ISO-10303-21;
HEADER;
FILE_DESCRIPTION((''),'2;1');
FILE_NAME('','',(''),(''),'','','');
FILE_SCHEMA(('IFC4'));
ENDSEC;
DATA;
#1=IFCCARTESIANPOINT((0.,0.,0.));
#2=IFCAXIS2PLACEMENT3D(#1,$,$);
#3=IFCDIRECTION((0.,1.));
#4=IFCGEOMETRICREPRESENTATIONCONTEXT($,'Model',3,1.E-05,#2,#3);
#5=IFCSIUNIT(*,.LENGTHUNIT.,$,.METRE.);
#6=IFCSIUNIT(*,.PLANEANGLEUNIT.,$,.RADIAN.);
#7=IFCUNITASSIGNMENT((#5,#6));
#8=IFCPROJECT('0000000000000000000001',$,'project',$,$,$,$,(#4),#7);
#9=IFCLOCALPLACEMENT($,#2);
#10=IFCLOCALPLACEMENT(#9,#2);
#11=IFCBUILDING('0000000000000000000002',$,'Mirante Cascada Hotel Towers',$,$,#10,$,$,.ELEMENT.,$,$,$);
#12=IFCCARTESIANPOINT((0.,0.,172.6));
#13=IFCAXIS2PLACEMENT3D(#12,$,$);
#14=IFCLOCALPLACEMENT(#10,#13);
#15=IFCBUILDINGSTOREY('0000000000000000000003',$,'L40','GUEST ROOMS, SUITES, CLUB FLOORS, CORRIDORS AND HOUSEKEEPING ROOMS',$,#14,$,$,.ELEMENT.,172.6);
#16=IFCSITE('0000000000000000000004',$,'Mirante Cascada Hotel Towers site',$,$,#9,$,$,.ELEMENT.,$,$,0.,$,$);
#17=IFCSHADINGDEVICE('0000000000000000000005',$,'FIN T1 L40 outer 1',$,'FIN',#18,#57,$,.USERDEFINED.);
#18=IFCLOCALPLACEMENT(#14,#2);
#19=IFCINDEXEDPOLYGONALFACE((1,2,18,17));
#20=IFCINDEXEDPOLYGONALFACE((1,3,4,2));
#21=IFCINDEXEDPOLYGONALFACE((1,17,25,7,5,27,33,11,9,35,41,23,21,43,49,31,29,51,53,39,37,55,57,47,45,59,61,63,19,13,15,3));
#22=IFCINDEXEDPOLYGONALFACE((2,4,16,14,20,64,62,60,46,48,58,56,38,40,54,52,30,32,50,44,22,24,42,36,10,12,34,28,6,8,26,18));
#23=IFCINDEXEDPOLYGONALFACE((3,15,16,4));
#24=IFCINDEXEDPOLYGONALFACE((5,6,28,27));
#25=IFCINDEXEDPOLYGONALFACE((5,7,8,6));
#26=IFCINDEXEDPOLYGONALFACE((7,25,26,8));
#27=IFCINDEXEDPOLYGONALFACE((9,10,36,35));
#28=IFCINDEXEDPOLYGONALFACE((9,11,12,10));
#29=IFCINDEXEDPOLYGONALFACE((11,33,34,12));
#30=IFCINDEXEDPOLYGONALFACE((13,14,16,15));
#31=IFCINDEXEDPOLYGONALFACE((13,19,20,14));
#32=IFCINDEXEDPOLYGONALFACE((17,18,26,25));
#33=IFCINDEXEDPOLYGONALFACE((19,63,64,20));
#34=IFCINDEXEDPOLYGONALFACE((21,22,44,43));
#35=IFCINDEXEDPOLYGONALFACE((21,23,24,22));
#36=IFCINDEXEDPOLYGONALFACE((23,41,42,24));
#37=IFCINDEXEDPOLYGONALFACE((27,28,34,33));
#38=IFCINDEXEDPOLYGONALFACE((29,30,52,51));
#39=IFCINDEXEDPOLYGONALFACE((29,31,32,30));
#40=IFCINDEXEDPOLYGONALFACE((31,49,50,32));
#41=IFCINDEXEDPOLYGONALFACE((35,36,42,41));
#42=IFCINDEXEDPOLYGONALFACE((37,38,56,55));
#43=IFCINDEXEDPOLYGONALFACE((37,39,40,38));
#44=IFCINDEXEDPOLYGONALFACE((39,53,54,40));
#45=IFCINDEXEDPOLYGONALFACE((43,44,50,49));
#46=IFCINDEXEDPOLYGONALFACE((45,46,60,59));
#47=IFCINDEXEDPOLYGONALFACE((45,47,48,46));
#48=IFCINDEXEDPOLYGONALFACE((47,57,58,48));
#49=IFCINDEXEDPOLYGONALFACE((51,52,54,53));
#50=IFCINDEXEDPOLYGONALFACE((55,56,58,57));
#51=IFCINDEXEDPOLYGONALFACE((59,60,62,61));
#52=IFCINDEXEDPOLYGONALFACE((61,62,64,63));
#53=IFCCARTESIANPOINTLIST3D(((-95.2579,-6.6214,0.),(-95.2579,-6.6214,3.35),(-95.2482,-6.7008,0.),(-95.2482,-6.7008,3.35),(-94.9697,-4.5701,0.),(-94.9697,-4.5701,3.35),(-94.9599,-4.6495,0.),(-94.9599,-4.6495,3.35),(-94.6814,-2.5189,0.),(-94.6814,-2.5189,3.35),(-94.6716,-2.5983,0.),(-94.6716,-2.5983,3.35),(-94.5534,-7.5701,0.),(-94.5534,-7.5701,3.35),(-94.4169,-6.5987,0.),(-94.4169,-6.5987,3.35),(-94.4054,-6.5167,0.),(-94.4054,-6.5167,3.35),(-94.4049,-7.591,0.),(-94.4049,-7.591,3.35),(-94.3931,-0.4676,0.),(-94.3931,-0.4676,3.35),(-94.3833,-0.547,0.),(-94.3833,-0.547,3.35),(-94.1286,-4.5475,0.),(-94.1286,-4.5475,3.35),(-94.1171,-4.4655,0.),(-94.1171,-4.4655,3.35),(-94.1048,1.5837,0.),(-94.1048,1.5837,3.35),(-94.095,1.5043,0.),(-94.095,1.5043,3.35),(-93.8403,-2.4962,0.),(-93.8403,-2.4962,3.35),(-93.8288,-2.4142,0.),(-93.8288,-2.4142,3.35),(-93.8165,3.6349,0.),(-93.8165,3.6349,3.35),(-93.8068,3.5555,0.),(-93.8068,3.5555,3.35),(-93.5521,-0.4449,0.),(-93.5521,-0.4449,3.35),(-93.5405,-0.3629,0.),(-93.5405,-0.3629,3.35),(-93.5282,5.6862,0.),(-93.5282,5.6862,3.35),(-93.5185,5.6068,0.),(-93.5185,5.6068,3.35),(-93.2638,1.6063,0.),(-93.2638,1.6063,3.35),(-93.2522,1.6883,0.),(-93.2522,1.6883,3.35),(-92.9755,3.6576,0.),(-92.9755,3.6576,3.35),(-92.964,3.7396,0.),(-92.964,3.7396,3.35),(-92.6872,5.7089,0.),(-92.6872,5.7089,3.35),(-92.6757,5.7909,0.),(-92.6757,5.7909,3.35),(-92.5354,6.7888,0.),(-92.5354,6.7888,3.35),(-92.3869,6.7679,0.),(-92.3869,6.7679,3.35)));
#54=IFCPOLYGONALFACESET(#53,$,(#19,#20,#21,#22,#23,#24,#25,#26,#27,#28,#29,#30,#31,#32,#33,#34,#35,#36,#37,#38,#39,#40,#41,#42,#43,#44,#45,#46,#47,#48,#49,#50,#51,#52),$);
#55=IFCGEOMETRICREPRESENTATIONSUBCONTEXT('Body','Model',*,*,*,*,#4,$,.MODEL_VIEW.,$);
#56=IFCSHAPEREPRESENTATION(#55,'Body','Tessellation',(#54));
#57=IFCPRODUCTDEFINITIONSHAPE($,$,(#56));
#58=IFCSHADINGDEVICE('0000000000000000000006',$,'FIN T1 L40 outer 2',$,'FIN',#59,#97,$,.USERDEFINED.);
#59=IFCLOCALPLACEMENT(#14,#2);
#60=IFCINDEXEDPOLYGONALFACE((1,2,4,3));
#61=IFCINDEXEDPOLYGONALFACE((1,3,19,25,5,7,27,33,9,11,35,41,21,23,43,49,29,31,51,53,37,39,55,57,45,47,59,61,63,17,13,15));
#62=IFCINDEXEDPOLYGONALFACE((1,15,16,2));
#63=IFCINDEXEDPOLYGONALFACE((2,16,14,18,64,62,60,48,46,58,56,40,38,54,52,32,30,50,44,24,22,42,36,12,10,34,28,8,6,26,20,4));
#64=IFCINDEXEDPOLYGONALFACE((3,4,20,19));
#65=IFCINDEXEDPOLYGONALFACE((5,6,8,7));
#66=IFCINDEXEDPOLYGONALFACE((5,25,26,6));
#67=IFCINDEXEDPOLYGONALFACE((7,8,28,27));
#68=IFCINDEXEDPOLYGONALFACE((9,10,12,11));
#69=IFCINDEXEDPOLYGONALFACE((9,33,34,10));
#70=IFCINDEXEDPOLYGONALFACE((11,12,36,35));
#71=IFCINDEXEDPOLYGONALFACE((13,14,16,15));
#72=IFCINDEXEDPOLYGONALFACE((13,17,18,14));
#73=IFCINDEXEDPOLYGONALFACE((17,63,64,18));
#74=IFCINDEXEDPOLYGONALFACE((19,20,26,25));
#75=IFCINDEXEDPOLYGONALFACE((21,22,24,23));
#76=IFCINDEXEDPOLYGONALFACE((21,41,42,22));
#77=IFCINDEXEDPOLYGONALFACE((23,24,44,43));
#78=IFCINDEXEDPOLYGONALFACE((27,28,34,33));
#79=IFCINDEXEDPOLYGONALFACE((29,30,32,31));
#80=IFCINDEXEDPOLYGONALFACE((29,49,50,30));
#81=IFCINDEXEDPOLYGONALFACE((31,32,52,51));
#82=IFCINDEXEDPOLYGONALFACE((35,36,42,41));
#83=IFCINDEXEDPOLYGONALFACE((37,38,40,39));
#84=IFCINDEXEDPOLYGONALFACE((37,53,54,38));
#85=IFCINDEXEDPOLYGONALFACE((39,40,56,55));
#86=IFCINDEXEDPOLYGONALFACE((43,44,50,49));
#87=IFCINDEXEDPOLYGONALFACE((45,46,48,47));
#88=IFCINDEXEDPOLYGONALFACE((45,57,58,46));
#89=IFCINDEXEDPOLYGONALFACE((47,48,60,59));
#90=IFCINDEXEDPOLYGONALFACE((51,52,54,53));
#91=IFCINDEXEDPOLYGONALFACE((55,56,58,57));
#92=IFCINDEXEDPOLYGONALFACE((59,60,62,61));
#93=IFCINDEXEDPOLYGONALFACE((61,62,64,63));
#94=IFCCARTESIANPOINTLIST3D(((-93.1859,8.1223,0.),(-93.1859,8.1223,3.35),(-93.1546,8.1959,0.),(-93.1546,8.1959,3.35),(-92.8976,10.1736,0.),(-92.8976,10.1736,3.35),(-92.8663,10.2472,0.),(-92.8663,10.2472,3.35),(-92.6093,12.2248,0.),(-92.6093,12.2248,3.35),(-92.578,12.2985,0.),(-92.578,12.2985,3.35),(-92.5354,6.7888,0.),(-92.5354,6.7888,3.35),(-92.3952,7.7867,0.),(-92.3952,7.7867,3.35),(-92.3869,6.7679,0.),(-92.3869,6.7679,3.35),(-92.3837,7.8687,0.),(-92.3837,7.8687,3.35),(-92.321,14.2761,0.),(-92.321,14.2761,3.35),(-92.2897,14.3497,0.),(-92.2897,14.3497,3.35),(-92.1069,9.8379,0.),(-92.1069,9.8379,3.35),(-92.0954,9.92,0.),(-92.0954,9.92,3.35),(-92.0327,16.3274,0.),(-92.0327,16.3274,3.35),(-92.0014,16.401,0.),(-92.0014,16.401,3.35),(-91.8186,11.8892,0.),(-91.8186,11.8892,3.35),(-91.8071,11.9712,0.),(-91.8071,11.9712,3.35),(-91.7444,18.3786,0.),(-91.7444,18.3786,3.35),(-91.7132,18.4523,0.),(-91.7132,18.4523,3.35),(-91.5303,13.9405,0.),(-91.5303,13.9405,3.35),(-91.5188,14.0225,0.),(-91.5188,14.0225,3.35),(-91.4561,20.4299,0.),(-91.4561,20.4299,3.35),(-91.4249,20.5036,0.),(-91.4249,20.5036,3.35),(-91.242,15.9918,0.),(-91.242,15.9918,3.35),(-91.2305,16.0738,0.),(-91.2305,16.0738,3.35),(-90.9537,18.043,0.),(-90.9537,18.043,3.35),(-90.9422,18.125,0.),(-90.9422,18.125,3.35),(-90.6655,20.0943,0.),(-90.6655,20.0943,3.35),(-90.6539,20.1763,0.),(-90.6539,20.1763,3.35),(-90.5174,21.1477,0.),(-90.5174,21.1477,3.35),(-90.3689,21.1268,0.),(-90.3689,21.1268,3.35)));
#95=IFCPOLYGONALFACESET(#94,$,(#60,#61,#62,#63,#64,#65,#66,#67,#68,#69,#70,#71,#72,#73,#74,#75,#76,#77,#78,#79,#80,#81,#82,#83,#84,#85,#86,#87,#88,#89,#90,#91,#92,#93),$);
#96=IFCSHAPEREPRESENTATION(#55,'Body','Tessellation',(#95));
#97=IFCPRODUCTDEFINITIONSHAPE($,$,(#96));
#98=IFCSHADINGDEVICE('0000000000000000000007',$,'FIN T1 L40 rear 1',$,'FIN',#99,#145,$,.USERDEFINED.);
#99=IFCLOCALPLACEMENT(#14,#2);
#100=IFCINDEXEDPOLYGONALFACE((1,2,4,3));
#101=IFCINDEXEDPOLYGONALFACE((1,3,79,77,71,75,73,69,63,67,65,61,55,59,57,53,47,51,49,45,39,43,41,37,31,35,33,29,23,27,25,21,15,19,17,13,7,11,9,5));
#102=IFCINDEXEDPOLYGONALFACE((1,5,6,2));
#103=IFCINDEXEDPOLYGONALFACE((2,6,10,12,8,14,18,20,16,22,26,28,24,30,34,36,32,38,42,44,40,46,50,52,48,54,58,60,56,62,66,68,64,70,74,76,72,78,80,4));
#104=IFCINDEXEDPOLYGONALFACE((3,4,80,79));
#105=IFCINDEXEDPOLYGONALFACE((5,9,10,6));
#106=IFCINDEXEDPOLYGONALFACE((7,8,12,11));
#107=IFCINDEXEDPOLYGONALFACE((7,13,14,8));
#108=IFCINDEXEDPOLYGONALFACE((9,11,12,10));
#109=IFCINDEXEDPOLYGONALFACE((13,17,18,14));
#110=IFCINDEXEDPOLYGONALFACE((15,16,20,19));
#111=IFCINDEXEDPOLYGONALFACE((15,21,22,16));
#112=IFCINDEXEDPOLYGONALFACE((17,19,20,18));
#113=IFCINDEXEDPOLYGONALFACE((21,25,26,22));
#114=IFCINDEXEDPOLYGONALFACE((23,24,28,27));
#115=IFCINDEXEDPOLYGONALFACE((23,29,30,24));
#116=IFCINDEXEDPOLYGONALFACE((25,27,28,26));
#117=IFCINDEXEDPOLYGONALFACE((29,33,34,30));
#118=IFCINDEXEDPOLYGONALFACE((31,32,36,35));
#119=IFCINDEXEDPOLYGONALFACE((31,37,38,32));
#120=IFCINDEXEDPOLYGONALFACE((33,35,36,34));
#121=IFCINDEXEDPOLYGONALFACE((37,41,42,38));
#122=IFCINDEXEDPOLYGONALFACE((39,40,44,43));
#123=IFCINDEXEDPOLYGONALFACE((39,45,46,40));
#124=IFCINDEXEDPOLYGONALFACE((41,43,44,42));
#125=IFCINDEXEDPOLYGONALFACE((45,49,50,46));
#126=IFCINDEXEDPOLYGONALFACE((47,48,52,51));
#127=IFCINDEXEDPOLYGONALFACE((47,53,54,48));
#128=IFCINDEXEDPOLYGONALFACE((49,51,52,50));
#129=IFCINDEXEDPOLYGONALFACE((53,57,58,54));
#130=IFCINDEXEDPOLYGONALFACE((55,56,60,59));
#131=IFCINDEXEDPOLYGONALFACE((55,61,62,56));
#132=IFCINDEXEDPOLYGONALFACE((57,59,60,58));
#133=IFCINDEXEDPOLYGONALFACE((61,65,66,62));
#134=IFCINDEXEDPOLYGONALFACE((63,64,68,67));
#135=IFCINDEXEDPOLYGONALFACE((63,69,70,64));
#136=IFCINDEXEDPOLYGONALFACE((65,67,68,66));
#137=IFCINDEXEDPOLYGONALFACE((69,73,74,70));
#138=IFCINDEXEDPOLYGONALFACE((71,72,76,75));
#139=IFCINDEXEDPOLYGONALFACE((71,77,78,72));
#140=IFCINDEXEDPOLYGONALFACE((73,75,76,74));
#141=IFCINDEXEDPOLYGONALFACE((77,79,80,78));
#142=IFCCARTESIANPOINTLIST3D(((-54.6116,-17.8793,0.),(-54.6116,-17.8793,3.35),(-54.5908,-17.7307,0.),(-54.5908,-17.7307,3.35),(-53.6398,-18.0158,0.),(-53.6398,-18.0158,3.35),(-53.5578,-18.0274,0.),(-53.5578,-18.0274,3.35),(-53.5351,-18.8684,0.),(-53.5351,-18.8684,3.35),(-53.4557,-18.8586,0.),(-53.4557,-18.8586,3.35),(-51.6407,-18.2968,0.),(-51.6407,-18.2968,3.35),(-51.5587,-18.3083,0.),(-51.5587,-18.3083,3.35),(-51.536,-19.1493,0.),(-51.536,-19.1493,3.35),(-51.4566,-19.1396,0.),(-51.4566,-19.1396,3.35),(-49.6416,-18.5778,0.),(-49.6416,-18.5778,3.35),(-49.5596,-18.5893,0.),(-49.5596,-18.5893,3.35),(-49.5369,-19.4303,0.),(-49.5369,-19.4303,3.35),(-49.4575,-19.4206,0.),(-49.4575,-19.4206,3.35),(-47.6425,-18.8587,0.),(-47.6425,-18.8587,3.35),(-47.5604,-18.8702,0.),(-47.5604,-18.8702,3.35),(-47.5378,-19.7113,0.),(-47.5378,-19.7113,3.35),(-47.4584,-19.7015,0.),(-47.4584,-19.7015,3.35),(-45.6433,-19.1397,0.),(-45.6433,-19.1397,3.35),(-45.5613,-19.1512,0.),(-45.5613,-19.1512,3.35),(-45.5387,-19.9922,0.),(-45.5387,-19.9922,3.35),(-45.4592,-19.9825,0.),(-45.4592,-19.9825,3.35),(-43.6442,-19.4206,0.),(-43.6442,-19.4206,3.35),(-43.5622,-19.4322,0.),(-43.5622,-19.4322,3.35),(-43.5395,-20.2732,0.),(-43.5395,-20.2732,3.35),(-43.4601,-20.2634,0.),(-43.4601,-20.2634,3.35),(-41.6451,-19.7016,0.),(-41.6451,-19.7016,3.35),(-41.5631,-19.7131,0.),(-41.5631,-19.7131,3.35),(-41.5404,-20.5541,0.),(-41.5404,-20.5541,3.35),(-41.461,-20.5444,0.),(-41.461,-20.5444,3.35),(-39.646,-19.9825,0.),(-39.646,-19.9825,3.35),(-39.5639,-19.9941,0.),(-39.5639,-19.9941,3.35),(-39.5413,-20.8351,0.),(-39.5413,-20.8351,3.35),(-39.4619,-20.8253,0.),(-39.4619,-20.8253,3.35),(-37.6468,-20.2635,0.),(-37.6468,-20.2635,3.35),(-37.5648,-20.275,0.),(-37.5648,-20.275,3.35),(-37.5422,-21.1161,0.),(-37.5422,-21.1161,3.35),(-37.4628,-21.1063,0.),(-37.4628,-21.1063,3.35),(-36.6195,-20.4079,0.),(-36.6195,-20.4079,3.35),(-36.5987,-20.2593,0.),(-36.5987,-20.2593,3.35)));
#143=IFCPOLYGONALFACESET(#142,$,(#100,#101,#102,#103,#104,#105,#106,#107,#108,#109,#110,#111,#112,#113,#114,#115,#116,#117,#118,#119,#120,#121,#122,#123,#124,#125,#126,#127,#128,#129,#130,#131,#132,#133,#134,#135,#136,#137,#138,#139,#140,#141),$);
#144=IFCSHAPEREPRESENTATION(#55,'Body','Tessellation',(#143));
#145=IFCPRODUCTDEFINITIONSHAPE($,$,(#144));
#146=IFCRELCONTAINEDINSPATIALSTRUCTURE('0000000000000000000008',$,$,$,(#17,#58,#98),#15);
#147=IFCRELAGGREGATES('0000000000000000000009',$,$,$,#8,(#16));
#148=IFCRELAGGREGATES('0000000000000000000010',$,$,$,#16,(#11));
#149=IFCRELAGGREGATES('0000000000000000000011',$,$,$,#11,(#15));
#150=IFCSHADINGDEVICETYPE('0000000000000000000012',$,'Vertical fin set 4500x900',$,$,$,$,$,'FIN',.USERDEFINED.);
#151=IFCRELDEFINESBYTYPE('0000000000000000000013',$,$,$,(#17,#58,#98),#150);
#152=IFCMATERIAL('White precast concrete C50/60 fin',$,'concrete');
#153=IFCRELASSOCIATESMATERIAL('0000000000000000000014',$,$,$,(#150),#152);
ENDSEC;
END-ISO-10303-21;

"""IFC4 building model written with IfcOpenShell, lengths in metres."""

from ifc_helpers import new_model, si_unit, direction, frame, origin, place, context, subcontext, project, spatial, polyline, outline, extrude, material, type_object, element, save


model = new_model("IFC4")

# Units and contexts
model_context = context("Model", 3, precision=1e-05, world=origin(), true_north=direction((0.0, 1.0)))
body_context = subcontext(model_context, "Body", "Model", "MODEL_VIEW")
ifc_project = project(units=[si_unit("LENGTHUNIT", "METRE"), si_unit("PLANEANGLEUNIT", "RADIAN")], contexts=[model_context])

# Site, building, storey
site_placement = place(None, origin())
site = spatial("IfcSite", under=ifc_project, at=site_placement, Name="Mirante Cascada Hotel Towers site", CompositionType="ELEMENT", RefElevation=0.0)
building_placement = place(site_placement, origin())
building = spatial("IfcBuilding", under=site, at=building_placement, Name="Mirante Cascada Hotel Towers", CompositionType="ELEMENT")
storey_placement = place(building_placement, frame((0.0, 0.0, 172.6)))
storey = spatial("IfcBuildingStorey", under=building, at=storey_placement, Name="L40", Description="GUEST ROOMS, SUITES, CLUB FLOORS, CORRIDORS AND HOUSEKEEPING ROOMS", CompositionType="ELEMENT", Elevation=172.6)

# Shading devices
ifc_material_1 = material(Name="White precast concrete C50/60 fin", Category="concrete")
shading_device_type = type_object("IfcShadingDeviceType", Name="Vertical fin set 4500x900", ElementType="FIN", PredefinedType="USERDEFINED", material=ifc_material_1)
shading_device_1_placement = place(storey_placement, origin())
element("IfcShadingDevice", 1, at=shading_device_1_placement, inside=storey, type_object=shading_device_type, Name="FIN T1 L40 outer 1", ObjectType="FIN", PredefinedType="USERDEFINED", context=body_context, shape_type="SweptSolid", body=[
    extrude(outline(polyline([(-94.4054, -6.5167), (-94.1286, -4.5475), (-94.9599, -4.6495), (-94.9697, -4.5701), (-94.1171, -4.4655), (-93.8403, -2.4962), (-94.6716, -2.5983), (-94.6814, -2.5189), (-93.8288, -2.4142), (-93.5521, -0.4449), (-94.3833, -0.547), (-94.3931, -0.4676), (-93.5405, -0.3629), (-93.2638, 1.6063), (-94.095, 1.5043), (-94.1048, 1.5837), (-93.2522, 1.6883), (-92.9755, 3.6576), (-93.8068, 3.5555), (-93.8165, 3.6349), (-92.964, 3.7396), (-92.6872, 5.7089), (-93.5185, 5.6068), (-93.5282, 5.6862), (-92.6757, 5.7909), (-92.5354, 6.7888), (-92.3869, 6.7679), (-94.4049, -7.591), (-94.5534, -7.5701), (-94.4169, -6.5987), (-95.2482, -6.7008), (-95.2579, -6.6214), (-94.4054, -6.5167)])), origin(), (0.0, 0.0, 1.0), 3.35),
])
shading_device_2_placement = place(storey_placement, origin())
element("IfcShadingDevice", 2, at=shading_device_2_placement, inside=storey, type_object=shading_device_type, Name="FIN T1 L40 outer 2", ObjectType="FIN", PredefinedType="USERDEFINED", context=body_context, shape_type="SweptSolid", body=[
    extrude(outline(polyline([(-92.3837, 7.8687), (-92.1069, 9.8379), (-92.8976, 10.1736), (-92.8663, 10.2472), (-92.0954, 9.92), (-91.8186, 11.8892), (-92.6093, 12.2248), (-92.578, 12.2985), (-91.8071, 11.9712), (-91.5303, 13.9405), (-92.321, 14.2761), (-92.2897, 14.3497), (-91.5188, 14.0225), (-91.242, 15.9918), (-92.0327, 16.3274), (-92.0014, 16.401), (-91.2305, 16.0738), (-90.9537, 18.043), (-91.7444, 18.3786), (-91.7132, 18.4523), (-90.9422, 18.125), (-90.6655, 20.0943), (-91.4561, 20.4299), (-91.4249, 20.5036), (-90.6539, 20.1763), (-90.5174, 21.1477), (-90.3689, 21.1268), (-92.3869, 6.7679), (-92.5354, 6.7888), (-92.3952, 7.7867), (-93.1859, 8.1223), (-93.1546, 8.1959), (-92.3837, 7.8687)])), origin(), (0.0, 0.0, 1.0), 3.35),
])
shading_device_3_placement = place(storey_placement, origin())
element("IfcShadingDevice", 3, at=shading_device_3_placement, inside=storey, type_object=shading_device_type, Name="FIN T1 L40 rear 1", ObjectType="FIN", PredefinedType="USERDEFINED", context=body_context, shape_type="SweptSolid", body=[
    extrude(outline(polyline([(-37.6468, -20.2635), (-39.5639, -19.9941), (-39.4619, -20.8253), (-39.5413, -20.8351), (-39.646, -19.9825), (-41.5631, -19.7131), (-41.461, -20.5444), (-41.5404, -20.5541), (-41.6451, -19.7016), (-43.5622, -19.4322), (-43.4601, -20.2634), (-43.5395, -20.2732), (-43.6442, -19.4206), (-45.5613, -19.1512), (-45.4592, -19.9825), (-45.5387, -19.9922), (-45.6433, -19.1397), (-47.5604, -18.8702), (-47.4584, -19.7015), (-47.5378, -19.7113), (-47.6425, -18.8587), (-49.5596, -18.5893), (-49.4575, -19.4206), (-49.5369, -19.4303), (-49.6416, -18.5778), (-51.5587, -18.3083), (-51.4566, -19.1396), (-51.536, -19.1493), (-51.6407, -18.2968), (-53.5578, -18.0274), (-53.4557, -18.8586), (-53.5351, -18.8684), (-53.6398, -18.0158), (-54.6116, -17.8793), (-54.5908, -17.7307), (-36.5987, -20.2593), (-36.6195, -20.4079), (-37.5648, -20.275), (-37.4628, -21.1063), (-37.5422, -21.1161), (-37.6468, -20.2635)])), origin(), (0.0, 0.0, 1.0), 3.35),
])

save(model, "model.ifc")
